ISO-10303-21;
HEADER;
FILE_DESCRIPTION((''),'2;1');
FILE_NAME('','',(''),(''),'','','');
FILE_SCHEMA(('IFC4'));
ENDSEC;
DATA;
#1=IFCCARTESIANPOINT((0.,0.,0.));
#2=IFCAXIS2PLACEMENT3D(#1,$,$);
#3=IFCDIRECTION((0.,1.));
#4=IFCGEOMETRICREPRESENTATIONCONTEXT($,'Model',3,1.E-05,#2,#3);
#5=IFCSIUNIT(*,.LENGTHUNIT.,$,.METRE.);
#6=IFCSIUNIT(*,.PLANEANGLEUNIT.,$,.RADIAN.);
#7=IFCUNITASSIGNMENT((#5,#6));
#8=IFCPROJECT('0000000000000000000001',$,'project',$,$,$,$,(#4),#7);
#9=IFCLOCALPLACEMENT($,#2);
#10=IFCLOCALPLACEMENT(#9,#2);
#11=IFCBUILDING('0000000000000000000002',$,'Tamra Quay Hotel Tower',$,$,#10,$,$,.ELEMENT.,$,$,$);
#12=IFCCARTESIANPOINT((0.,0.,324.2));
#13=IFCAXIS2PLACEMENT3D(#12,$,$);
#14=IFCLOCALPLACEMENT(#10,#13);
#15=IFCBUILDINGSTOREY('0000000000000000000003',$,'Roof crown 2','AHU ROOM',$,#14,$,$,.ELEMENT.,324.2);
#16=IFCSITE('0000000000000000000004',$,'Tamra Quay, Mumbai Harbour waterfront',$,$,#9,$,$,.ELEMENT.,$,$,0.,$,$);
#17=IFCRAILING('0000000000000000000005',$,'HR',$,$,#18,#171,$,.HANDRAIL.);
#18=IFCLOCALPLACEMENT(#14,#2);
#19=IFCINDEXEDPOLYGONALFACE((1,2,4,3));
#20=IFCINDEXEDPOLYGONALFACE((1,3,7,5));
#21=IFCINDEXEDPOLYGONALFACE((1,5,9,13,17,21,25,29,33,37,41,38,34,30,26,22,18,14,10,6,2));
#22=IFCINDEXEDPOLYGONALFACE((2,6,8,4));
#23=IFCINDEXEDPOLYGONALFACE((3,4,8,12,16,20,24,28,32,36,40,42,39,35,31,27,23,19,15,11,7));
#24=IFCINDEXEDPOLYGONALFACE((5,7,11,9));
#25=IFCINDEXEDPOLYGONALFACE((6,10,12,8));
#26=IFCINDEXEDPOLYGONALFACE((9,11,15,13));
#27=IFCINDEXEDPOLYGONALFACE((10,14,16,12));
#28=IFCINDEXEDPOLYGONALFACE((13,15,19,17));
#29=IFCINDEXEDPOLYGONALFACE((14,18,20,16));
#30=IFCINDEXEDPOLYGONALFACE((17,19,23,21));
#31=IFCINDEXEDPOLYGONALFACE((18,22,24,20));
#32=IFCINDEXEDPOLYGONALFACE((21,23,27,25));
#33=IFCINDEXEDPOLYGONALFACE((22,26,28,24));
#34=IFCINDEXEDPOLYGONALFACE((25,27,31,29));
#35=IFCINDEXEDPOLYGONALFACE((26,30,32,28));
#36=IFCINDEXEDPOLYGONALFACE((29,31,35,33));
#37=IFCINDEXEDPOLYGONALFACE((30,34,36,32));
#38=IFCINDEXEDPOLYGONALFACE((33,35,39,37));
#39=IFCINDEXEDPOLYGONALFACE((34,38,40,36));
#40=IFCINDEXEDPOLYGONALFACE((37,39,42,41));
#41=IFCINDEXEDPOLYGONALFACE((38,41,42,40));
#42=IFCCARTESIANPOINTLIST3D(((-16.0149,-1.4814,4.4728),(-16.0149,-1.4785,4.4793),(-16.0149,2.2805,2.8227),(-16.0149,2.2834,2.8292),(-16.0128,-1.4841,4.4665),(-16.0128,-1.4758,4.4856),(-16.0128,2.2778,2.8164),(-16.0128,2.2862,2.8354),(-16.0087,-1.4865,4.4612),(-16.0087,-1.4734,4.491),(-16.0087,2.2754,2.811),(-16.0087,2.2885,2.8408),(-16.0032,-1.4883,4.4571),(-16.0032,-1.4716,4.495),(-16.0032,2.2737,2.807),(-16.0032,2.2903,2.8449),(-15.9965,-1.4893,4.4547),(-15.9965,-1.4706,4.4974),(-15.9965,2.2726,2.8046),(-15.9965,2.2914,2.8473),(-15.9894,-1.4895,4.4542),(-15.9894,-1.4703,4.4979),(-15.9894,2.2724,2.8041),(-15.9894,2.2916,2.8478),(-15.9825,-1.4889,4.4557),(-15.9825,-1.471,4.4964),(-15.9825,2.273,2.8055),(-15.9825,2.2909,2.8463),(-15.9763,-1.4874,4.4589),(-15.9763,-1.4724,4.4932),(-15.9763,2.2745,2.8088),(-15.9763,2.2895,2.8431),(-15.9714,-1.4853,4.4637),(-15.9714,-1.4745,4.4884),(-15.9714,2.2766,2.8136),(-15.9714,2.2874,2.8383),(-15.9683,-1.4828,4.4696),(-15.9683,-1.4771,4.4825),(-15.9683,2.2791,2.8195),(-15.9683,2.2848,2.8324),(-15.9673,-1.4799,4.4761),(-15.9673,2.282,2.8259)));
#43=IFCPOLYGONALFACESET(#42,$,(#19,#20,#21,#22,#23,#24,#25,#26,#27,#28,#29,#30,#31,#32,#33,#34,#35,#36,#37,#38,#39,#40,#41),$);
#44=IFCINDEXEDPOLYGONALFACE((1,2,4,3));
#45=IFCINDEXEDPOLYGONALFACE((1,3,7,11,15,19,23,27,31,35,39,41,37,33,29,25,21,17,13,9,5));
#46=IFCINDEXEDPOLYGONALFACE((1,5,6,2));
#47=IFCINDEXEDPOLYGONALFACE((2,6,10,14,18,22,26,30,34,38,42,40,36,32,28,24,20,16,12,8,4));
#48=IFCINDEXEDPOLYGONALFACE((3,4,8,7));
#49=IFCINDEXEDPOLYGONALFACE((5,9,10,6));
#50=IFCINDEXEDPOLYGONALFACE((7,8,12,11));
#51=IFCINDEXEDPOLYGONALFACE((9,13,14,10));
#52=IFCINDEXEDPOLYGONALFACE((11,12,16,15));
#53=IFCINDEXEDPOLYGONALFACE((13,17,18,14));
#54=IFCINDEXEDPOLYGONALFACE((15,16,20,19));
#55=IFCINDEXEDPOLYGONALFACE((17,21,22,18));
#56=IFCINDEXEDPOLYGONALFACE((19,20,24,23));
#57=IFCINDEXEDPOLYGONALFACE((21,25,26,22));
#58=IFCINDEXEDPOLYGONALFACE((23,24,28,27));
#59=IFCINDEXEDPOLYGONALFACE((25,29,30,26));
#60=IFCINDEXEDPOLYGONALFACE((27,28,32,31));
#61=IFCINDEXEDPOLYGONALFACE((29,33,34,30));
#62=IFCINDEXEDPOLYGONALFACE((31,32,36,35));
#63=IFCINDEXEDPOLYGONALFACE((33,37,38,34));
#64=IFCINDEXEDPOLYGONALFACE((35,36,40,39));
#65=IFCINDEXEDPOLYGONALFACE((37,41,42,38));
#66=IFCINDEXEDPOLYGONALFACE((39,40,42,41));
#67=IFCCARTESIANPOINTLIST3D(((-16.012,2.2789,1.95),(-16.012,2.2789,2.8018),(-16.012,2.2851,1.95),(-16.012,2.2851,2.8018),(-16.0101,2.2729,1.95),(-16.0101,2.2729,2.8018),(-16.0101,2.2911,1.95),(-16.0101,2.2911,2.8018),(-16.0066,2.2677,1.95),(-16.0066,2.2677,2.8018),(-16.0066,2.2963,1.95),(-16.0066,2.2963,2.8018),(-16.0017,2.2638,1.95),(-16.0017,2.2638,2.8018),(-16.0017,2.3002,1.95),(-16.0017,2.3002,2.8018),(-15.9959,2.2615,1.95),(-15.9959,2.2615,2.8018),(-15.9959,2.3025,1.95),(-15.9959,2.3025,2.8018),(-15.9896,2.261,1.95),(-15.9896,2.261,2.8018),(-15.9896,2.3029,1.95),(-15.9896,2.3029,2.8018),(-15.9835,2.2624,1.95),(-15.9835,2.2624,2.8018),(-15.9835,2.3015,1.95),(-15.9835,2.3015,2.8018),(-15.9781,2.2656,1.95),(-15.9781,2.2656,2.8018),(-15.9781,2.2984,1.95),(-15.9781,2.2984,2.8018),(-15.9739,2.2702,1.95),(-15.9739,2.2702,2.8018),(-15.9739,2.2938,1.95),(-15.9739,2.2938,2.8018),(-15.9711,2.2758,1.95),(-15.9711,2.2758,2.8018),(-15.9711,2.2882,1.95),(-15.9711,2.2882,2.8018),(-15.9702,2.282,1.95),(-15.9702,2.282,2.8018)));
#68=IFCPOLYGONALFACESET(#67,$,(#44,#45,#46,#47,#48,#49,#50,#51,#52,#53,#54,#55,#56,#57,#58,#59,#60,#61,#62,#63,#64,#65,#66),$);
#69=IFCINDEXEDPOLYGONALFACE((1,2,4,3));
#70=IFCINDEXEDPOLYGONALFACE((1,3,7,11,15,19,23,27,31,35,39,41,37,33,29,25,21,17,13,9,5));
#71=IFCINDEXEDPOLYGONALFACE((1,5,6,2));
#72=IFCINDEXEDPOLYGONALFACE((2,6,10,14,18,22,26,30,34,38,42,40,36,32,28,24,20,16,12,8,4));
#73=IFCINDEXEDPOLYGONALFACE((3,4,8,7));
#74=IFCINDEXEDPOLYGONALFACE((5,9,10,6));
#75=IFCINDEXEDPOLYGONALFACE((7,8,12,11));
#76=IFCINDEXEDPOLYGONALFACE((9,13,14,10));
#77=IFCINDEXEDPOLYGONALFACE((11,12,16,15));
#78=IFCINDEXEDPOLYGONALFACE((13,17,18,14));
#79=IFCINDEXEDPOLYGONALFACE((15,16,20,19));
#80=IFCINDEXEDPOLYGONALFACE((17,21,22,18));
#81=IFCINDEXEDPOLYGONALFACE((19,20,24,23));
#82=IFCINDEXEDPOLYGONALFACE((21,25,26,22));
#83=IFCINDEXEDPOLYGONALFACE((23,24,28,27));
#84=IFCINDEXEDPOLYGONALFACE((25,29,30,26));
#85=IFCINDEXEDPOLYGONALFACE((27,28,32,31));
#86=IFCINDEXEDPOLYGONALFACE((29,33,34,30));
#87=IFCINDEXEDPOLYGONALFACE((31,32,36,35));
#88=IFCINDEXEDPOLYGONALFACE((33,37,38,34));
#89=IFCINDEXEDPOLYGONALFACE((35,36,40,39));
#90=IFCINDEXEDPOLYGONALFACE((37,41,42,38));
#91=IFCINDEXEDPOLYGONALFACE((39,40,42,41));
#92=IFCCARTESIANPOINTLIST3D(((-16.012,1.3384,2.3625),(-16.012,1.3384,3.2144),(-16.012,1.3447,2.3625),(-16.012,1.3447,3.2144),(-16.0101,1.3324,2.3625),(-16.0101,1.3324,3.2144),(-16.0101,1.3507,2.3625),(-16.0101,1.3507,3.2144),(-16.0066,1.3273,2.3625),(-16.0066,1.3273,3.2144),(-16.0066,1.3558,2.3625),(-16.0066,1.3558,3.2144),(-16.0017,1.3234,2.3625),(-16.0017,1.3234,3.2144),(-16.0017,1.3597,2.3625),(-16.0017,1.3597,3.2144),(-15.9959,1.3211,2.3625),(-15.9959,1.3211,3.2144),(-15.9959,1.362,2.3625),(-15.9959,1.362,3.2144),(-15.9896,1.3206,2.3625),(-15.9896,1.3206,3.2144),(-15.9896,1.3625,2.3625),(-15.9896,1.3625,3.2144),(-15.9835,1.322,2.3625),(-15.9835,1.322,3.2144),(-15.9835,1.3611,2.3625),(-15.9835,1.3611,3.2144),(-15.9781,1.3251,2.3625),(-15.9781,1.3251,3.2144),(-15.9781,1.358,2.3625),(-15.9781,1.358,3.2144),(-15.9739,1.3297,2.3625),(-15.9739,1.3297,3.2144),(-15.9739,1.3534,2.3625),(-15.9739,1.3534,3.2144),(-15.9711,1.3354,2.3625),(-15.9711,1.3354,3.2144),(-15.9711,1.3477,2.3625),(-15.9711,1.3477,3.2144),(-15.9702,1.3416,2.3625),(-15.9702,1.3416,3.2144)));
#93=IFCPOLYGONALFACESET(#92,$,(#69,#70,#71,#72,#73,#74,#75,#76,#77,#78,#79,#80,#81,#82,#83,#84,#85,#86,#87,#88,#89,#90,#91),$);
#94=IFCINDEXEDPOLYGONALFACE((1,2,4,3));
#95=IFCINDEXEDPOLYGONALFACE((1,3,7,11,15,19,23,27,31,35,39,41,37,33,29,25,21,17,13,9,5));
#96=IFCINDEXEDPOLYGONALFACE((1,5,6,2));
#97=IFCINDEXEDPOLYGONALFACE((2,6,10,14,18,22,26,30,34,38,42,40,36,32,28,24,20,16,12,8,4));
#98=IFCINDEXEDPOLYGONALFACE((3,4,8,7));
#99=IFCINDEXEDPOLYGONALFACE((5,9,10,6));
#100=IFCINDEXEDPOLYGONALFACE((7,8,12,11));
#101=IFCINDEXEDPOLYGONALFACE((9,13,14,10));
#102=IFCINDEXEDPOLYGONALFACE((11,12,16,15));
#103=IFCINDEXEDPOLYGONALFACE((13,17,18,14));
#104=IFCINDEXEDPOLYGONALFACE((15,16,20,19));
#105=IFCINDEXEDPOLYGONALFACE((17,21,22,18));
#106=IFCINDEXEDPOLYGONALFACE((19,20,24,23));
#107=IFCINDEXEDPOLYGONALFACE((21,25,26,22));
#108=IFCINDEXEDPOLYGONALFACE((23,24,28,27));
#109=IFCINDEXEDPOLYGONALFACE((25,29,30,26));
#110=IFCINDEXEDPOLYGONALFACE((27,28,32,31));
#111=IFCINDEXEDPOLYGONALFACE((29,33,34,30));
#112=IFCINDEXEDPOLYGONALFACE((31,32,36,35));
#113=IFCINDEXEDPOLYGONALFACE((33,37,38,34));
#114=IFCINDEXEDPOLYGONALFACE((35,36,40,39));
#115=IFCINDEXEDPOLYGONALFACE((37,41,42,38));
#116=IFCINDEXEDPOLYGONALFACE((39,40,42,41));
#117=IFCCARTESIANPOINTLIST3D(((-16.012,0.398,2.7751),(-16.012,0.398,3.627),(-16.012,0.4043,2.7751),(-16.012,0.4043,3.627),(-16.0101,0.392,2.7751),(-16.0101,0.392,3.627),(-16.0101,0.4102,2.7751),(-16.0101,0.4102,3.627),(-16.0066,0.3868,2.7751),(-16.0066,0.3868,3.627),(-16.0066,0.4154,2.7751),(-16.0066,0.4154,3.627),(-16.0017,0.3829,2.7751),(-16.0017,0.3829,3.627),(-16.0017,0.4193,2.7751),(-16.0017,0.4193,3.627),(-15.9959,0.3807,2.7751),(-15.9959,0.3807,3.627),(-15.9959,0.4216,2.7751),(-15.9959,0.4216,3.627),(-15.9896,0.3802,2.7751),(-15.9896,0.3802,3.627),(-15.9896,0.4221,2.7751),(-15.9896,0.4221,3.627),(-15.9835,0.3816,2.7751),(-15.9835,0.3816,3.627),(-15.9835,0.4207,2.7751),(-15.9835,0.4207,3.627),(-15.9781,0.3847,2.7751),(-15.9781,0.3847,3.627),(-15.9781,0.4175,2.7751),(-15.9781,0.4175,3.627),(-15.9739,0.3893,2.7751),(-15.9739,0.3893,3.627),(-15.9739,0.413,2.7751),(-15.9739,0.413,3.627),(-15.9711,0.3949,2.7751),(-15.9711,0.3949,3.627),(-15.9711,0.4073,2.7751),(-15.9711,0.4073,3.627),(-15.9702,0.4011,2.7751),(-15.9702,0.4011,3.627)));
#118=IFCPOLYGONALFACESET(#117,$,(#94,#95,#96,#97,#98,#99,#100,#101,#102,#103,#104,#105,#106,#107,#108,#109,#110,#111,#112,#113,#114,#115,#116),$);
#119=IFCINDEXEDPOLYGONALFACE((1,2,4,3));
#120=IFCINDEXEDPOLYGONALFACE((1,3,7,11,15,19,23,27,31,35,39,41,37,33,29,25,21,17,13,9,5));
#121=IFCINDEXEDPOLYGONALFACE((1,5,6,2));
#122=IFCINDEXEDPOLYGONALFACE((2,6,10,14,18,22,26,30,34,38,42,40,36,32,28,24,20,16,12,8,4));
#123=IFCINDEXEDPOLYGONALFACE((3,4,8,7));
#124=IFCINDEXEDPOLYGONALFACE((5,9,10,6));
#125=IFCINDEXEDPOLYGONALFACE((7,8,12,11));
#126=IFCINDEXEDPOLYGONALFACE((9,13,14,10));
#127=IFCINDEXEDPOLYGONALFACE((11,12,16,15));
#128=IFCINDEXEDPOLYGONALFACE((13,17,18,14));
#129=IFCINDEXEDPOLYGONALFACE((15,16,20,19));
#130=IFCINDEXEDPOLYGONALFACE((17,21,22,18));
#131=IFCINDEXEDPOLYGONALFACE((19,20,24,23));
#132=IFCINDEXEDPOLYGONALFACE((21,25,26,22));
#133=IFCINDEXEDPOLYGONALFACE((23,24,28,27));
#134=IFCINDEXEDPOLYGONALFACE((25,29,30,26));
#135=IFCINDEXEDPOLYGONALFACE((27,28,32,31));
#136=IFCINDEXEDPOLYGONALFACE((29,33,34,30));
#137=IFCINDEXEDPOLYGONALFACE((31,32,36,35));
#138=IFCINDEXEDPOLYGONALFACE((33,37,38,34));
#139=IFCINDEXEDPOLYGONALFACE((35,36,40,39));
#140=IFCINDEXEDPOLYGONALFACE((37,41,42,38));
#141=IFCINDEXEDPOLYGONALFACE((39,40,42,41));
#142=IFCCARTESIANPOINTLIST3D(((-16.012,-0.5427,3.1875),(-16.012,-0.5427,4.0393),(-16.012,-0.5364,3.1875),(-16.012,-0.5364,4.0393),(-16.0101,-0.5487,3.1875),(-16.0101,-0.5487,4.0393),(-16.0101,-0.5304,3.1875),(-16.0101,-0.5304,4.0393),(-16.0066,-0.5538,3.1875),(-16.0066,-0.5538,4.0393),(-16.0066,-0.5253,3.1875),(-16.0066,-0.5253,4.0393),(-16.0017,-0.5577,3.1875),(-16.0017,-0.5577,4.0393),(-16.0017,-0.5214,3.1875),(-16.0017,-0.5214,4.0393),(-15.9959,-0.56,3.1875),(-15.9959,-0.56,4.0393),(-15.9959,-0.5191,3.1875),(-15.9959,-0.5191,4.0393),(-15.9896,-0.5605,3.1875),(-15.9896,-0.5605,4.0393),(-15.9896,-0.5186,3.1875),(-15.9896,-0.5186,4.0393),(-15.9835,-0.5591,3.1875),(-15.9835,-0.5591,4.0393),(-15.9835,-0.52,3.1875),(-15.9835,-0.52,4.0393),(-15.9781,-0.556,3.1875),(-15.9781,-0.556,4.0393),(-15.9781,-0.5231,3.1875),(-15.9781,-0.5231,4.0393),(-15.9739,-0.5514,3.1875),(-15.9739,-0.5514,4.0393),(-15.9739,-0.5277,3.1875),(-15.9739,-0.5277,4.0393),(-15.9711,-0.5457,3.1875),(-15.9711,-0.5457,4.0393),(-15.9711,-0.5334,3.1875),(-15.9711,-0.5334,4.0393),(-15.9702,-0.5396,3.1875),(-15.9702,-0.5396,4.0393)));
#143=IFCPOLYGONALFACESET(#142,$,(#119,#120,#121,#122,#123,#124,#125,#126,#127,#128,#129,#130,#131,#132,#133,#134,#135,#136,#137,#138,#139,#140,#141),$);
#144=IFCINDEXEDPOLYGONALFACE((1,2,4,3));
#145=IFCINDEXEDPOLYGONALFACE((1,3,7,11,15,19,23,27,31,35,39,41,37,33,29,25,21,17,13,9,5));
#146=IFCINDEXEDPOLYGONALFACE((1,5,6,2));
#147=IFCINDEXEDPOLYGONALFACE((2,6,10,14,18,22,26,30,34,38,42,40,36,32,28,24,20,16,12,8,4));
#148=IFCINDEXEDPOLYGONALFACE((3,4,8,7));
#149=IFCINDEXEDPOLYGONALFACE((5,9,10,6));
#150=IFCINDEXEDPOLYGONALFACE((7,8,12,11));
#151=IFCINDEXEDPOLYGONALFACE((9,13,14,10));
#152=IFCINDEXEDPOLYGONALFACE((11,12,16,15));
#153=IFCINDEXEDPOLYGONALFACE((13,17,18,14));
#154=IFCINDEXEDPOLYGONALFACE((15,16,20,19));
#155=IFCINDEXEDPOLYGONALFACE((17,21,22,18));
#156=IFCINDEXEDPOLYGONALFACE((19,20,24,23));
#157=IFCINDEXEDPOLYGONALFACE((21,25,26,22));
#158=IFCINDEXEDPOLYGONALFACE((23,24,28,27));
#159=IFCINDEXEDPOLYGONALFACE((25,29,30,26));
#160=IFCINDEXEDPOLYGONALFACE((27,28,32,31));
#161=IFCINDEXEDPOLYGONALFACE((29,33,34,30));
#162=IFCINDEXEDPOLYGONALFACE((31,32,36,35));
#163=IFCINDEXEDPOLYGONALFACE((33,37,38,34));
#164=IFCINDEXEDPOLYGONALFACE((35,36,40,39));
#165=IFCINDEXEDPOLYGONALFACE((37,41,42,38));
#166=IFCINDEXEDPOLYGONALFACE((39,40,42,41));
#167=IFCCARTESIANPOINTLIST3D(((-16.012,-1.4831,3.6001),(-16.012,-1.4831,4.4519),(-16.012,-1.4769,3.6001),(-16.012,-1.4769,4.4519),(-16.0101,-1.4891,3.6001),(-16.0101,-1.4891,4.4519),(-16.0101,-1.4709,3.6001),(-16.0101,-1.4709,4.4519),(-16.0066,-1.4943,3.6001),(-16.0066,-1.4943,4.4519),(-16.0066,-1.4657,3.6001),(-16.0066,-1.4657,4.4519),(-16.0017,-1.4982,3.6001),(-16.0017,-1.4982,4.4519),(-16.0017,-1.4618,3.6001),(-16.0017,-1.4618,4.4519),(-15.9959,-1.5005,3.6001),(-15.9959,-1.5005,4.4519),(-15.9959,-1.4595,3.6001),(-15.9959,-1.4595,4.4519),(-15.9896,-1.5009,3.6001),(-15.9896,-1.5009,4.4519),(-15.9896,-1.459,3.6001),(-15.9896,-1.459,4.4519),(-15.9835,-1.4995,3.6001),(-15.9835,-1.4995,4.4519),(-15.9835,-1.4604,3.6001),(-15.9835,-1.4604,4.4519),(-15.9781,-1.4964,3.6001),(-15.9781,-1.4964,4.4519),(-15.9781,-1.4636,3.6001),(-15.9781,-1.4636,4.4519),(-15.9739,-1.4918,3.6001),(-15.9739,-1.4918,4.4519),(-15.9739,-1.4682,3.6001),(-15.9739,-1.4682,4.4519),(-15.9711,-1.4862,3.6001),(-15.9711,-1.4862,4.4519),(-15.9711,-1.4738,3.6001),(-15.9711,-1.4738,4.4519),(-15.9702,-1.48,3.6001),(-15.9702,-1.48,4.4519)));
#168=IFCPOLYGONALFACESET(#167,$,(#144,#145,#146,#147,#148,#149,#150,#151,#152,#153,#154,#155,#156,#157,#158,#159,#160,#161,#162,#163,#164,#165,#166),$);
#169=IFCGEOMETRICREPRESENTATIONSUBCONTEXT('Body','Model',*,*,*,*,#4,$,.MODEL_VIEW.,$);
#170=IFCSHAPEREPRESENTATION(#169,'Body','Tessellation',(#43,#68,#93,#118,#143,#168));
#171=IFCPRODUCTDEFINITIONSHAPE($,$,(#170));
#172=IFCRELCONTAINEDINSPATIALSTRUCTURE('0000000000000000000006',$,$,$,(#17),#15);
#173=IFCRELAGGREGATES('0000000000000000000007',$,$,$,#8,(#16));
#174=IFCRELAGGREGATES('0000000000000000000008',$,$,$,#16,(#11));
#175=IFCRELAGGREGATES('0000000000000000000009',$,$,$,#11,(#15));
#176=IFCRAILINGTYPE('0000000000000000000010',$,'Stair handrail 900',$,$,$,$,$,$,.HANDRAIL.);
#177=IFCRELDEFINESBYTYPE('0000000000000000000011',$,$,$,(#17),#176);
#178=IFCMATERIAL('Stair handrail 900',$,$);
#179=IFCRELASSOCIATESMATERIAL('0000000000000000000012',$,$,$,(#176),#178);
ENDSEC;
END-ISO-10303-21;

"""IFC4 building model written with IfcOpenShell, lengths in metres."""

from ifc_helpers import new_model, si_unit, direction, frame, origin, origin_2d, place, context, subcontext, project, spatial, circle, extrude, material, type_object, element, save


model = new_model("IFC4")

# Units and contexts
model_context = context("Model", 3, precision=1e-05, world=origin(), true_north=direction((0.0, 1.0)))
body_context = subcontext(model_context, "Body", "Model", "MODEL_VIEW")
ifc_project = project(units=[si_unit("LENGTHUNIT", "METRE"), si_unit("PLANEANGLEUNIT", "RADIAN")], contexts=[model_context])

# Site, building, storey
site_placement = place(None, origin())
site = spatial("IfcSite", under=ifc_project, at=site_placement, Name="Tamra Quay, Mumbai Harbour waterfront", CompositionType="ELEMENT", RefElevation=0.0)
building_placement = place(site_placement, origin())
building = spatial("IfcBuilding", under=site, at=building_placement, Name="Tamra Quay Hotel Tower", CompositionType="ELEMENT")
storey_placement = place(building_placement, frame((0.0, 0.0, 324.2)))
storey = spatial("IfcBuildingStorey", under=building, at=storey_placement, Name="Roof crown 2", Description="AHU ROOM", CompositionType="ELEMENT", Elevation=324.2)

# Railing
ifc_material_1 = material(Name="Stair handrail 900")
railing_type = type_object("IfcRailingType", Name="Stair handrail 900", PredefinedType="HANDRAIL", material=ifc_material_1)
railing_placement = place(storey_placement, frame((-15.9912, 2.282, 1.95)))
element("IfcRailing", 1, at=railing_placement, inside=storey, type_object=railing_type, Name="HR", PredefinedType="HANDRAIL", context=body_context, shape_type="SweptSolid", body=[
    extrude(circle(Radius=0.0239, at=origin_2d()), frame((0.0, 0.0, 0.876), z_axis=(0.0, -0.915774, 0.401695), x_axis=(1.0, 0.0, 0.0)), (0.0, 0.0, 1.0), 4.1079),
    extrude(circle(Radius=0.021, at=origin_2d()), origin(), (0.0, 0.0, 1.0), 0.8518),
    extrude(circle(Radius=0.021, at=origin_2d()), frame((0.0, -0.9404, 0.4126)), (0.0, 0.0, 1.0), 0.8518),
    extrude(circle(Radius=0.021, at=origin_2d()), frame((0.0, -1.8809, 0.8252)), (0.0, 0.0, 1.0), 0.8518),
    extrude(circle(Radius=0.021, at=origin_2d()), frame((0.0, -2.8215, 1.2375)), (0.0, 0.0, 1.0), 0.8518),
    extrude(circle(Radius=0.021, at=origin_2d()), frame((0.0, -3.762, 1.6501)), (0.0, 0.0, 1.0), 0.8518),
])

save(model, "model.ifc")
